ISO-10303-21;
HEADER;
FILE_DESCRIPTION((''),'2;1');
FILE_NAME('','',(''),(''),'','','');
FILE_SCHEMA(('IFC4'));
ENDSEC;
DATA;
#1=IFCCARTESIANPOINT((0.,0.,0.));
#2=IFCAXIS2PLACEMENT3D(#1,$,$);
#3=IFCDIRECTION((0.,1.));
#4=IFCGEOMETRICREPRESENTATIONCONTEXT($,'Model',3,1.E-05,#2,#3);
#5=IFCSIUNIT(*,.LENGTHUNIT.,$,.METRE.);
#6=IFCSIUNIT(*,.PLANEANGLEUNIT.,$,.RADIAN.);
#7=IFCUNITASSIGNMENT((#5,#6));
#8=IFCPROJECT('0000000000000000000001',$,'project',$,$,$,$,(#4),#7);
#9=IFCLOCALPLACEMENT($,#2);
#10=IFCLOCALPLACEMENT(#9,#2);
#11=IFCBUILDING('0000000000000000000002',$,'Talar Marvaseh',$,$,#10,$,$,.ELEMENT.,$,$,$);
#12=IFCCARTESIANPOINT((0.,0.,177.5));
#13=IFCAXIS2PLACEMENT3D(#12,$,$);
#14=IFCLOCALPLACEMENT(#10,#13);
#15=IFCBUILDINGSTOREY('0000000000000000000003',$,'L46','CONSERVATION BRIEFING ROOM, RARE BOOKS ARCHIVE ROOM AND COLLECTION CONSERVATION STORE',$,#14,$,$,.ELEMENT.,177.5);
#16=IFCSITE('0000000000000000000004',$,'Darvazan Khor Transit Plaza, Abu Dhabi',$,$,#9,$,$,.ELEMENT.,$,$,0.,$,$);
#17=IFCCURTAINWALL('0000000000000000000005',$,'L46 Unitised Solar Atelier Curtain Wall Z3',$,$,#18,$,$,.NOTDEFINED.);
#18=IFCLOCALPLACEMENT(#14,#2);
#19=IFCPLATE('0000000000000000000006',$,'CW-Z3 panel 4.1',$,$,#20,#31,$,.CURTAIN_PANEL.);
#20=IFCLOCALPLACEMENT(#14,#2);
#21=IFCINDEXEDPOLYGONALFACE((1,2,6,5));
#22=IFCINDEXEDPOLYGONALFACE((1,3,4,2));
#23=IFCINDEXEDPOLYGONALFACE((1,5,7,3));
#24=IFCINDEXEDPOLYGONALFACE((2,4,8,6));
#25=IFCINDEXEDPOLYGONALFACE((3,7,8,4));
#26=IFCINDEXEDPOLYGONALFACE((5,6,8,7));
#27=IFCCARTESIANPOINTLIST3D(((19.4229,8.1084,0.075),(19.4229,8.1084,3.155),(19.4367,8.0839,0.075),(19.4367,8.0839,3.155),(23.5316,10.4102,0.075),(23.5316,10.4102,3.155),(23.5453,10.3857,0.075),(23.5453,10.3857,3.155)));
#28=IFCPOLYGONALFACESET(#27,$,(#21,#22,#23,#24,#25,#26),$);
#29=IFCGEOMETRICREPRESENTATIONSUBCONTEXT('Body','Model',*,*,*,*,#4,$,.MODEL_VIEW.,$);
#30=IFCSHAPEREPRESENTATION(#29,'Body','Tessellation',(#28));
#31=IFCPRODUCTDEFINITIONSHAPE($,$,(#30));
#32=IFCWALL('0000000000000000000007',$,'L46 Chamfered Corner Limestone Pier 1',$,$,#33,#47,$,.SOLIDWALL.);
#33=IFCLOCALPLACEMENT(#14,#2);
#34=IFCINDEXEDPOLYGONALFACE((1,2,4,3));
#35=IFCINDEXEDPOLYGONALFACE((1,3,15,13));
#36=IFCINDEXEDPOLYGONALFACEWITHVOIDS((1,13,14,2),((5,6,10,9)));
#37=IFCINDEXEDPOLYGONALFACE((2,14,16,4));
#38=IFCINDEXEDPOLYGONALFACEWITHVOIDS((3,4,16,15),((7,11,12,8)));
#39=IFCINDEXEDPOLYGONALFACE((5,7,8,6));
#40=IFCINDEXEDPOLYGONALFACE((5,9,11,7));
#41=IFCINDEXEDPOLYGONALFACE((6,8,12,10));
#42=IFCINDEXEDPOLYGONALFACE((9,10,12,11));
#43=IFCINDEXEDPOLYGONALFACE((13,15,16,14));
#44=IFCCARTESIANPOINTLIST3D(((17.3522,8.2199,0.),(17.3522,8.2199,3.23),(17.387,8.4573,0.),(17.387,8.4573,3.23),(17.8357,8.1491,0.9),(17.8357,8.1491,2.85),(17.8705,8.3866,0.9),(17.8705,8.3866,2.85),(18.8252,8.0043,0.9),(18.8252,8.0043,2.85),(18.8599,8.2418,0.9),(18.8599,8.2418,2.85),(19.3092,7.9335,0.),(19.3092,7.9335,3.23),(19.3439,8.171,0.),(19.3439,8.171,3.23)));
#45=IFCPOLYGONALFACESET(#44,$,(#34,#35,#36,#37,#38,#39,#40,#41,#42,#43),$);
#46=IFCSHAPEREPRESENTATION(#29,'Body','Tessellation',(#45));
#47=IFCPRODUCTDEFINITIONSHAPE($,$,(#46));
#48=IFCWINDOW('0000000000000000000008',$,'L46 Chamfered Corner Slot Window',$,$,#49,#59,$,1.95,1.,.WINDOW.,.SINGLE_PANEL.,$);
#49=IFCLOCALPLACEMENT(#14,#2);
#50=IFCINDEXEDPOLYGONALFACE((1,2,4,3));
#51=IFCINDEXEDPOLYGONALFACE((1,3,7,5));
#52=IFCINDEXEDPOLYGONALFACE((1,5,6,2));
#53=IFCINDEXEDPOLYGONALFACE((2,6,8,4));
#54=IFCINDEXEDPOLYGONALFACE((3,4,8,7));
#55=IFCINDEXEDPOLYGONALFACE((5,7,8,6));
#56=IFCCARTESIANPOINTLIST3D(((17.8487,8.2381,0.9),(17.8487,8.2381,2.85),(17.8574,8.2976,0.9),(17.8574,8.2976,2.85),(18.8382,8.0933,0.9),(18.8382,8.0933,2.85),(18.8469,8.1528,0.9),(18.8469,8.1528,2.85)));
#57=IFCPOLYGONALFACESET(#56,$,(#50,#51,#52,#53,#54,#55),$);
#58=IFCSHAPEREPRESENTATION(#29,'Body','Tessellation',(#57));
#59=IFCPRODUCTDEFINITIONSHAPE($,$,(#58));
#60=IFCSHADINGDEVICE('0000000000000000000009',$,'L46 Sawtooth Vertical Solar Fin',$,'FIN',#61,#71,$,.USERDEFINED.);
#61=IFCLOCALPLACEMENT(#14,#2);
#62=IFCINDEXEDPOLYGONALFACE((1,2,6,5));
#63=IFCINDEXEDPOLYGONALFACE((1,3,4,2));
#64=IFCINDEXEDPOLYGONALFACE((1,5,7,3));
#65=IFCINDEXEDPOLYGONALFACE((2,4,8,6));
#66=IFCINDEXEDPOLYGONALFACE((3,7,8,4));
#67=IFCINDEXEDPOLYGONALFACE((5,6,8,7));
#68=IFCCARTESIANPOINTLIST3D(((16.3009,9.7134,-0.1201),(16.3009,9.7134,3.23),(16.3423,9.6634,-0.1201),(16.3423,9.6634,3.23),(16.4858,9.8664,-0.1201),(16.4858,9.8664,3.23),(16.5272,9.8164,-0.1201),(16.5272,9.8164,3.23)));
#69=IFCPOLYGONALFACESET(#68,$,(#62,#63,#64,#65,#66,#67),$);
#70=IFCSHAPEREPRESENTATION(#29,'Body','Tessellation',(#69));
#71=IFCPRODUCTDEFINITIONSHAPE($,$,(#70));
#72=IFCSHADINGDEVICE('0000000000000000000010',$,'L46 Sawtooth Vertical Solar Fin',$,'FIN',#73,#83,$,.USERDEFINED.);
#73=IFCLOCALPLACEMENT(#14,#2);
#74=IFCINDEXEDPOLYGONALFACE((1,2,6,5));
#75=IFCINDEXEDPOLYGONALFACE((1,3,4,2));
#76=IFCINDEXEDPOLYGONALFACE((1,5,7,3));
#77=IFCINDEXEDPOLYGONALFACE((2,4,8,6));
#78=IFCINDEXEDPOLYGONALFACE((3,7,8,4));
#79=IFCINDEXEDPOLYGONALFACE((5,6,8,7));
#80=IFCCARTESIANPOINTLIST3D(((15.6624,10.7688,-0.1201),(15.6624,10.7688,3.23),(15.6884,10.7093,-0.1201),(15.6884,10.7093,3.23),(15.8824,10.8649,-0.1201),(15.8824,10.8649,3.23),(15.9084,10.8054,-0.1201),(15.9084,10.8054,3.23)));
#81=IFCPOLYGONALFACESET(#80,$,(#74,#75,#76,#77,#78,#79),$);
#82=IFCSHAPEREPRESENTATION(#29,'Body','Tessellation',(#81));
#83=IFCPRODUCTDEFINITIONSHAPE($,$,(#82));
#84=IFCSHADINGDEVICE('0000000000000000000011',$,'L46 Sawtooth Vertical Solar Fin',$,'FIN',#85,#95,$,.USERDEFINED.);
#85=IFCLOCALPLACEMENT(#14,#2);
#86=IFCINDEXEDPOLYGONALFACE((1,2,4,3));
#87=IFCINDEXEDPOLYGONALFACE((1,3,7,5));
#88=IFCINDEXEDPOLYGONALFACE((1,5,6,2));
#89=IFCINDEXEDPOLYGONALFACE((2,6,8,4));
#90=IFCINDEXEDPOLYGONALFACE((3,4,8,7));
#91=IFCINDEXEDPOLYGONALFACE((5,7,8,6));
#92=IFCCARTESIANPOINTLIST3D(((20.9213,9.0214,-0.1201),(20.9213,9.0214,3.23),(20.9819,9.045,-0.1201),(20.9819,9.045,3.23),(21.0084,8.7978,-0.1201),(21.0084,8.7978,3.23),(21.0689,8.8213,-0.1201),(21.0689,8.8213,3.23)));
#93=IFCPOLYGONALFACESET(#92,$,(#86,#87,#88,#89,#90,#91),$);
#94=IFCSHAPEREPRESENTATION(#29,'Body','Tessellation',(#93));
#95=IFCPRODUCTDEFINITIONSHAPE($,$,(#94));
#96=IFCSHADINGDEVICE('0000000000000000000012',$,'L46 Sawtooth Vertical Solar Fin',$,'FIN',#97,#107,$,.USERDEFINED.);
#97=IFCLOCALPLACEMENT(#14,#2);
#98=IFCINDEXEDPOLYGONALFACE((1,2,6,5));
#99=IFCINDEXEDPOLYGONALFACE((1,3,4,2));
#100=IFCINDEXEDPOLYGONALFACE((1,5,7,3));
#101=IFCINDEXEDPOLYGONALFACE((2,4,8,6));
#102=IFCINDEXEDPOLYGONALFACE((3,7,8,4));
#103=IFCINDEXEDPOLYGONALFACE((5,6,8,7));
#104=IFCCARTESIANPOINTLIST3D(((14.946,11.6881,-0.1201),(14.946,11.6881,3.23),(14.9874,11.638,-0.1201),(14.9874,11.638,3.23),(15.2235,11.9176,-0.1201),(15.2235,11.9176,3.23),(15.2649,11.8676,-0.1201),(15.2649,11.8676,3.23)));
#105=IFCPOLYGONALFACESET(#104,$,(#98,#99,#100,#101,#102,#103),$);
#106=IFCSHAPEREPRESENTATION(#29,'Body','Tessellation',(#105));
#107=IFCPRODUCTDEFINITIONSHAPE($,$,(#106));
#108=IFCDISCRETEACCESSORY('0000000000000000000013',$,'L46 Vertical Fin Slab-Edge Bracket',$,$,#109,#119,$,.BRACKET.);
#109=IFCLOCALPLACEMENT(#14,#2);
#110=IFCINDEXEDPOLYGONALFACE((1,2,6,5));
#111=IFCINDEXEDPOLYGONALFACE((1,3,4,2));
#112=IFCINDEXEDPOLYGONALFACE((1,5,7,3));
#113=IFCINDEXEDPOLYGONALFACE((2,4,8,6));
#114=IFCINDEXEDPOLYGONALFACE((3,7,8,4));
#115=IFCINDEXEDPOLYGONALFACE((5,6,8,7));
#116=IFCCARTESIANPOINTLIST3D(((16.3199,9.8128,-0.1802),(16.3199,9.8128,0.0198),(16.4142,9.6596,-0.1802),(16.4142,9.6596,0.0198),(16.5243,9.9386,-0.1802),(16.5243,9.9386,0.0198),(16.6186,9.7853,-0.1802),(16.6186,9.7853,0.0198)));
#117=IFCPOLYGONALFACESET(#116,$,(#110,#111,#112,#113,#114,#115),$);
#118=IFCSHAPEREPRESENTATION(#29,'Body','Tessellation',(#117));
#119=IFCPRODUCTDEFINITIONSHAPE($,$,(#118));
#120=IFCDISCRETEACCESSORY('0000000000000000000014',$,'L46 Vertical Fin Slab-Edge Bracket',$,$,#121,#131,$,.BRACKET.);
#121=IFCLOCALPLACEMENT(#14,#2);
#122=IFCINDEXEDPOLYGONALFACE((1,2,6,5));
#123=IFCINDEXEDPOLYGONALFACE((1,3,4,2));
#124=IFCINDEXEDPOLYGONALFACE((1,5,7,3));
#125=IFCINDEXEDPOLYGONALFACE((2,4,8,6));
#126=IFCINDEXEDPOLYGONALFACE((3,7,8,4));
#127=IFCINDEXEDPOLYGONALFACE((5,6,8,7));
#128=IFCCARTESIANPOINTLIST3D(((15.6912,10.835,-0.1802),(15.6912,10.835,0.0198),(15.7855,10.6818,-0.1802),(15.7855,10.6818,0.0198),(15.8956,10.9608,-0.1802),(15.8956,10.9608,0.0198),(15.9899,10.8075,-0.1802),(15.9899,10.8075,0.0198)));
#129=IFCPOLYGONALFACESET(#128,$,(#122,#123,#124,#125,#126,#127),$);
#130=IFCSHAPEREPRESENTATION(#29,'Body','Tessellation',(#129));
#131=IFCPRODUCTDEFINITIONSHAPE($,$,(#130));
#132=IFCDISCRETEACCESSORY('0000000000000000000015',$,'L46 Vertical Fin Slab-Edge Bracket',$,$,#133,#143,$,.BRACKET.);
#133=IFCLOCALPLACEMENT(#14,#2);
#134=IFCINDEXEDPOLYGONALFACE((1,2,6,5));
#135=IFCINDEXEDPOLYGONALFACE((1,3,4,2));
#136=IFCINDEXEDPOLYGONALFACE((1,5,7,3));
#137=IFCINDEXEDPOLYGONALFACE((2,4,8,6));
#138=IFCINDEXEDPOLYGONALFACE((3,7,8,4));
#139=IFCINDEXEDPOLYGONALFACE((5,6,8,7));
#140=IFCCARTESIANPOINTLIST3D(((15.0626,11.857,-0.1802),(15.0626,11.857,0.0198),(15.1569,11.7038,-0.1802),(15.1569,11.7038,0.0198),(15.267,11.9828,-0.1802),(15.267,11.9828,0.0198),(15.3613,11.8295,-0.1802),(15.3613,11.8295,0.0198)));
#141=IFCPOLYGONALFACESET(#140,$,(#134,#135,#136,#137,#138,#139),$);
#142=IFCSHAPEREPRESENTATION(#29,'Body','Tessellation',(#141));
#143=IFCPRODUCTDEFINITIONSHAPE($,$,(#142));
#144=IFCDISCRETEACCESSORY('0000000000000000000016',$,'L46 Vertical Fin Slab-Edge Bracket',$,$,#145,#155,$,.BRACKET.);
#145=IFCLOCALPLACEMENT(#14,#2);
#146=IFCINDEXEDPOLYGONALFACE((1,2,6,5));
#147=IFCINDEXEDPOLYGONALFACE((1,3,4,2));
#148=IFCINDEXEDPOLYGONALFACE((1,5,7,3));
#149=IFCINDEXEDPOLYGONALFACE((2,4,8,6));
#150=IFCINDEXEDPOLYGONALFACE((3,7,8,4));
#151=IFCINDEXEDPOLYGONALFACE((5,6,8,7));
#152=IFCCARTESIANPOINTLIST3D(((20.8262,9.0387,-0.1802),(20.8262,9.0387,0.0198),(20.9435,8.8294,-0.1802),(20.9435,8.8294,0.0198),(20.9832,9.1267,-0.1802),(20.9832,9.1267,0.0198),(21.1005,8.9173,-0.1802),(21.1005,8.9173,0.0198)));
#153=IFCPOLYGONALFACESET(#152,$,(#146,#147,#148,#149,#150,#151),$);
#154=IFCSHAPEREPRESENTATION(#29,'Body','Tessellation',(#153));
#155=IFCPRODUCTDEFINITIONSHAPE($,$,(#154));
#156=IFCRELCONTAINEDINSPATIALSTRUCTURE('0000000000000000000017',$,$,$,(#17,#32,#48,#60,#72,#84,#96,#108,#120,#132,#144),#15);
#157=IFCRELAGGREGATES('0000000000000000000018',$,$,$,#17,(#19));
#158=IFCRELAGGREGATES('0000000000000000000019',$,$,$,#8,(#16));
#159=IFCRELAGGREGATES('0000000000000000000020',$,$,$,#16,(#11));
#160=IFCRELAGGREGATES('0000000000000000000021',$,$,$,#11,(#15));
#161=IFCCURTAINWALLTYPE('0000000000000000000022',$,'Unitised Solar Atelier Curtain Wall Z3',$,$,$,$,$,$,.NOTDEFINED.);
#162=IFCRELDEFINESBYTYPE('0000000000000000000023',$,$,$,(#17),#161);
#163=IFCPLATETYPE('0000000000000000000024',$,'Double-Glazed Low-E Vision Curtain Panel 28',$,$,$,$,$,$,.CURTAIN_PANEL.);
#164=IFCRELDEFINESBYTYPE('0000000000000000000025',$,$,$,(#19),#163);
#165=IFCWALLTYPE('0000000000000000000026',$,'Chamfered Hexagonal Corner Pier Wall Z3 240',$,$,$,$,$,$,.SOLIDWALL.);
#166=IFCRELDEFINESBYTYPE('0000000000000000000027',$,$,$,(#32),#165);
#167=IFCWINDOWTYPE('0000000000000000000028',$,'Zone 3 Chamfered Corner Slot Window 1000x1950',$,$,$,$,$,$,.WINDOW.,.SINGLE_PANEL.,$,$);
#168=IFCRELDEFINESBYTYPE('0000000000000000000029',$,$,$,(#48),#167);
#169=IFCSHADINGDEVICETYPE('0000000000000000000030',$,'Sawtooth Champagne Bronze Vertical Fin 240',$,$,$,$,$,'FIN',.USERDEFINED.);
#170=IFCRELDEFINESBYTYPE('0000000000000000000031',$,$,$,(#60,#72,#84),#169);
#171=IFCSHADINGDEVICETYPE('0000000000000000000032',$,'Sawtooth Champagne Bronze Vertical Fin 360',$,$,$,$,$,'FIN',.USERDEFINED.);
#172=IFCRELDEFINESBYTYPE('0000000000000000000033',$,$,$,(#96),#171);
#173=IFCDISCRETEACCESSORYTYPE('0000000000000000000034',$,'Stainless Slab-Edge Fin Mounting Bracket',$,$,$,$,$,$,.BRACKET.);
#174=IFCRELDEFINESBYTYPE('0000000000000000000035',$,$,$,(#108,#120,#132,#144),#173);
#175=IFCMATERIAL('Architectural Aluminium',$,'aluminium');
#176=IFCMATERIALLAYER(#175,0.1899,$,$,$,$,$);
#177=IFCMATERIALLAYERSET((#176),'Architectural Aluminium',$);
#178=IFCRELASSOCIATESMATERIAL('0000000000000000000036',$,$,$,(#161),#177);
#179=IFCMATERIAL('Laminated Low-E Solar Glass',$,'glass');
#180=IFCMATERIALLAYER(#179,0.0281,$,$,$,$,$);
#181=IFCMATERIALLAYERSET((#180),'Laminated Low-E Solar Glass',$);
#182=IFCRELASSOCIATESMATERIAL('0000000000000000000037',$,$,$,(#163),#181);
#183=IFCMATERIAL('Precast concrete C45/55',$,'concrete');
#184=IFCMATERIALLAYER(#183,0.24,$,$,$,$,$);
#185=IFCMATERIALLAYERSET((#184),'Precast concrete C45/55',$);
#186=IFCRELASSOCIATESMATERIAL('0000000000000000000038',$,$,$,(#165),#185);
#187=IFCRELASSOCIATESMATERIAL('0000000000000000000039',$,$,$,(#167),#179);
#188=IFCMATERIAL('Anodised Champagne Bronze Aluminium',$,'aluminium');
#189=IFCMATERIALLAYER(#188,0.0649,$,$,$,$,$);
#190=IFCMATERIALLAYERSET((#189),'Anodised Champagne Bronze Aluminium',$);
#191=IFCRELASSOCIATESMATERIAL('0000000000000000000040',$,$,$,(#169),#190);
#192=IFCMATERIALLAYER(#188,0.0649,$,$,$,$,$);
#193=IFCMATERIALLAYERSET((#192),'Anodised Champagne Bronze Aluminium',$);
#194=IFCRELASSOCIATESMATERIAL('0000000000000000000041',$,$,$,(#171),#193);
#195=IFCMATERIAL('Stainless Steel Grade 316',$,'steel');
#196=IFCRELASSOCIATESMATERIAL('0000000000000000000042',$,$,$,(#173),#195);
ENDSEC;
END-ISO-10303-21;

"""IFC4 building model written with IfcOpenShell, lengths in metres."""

from ifc_helpers import new_model, si_unit, direction, frame, frame_2d, origin, origin_2d, place, context, subcontext, project, spatial, rectangle, extrude, source, transform, mapped, material, layer, layer_set, type_object, type_shapes, element, fill, aggregate, save


model = new_model("IFC4")

# Units and contexts
model_context = context("Model", 3, precision=1e-05, world=origin(), true_north=direction((0.0, 1.0)))
body_context = subcontext(model_context, "Body", "Model", "MODEL_VIEW")
ifc_project = project(units=[si_unit("LENGTHUNIT", "METRE"), si_unit("PLANEANGLEUNIT", "RADIAN")], contexts=[model_context])

# Site, building, storey
site_placement = place(None, origin())
site = spatial("IfcSite", under=ifc_project, at=site_placement, Name="Darvazan Khor Transit Plaza, Abu Dhabi", CompositionType="ELEMENT", RefElevation=0.0)
building_placement = place(site_placement, origin())
building = spatial("IfcBuilding", under=site, at=building_placement, Name="Talar Marvaseh", CompositionType="ELEMENT")
storey_placement = place(building_placement, frame((0.0, 0.0, 177.5)))
storey = spatial("IfcBuildingStorey", under=building, at=storey_placement, Name="L46", Description="CONSERVATION BRIEFING ROOM, RARE BOOKS ARCHIVE ROOM AND COLLECTION CONSERVATION STORE", CompositionType="ELEMENT", Elevation=177.5)

# Shared definitions
ifc_material_1 = material(Name="Architectural Aluminium", Category="aluminium")
ifc_layer_1 = layer(ifc_material_1, 0.1899)
ifc_layer_set_1 = layer_set([ifc_layer_1], Name="Architectural Aluminium")
curtain_wall_type = type_object("IfcCurtainWallType", Name="Unitised Solar Atelier Curtain Wall Z3", PredefinedType="NOTDEFINED", material=ifc_layer_set_1)

# Curtain wall
curtain_wall_1_placement = place(storey_placement, origin())
curtain_wall_1 = element("IfcCurtainWall", 1, at=curtain_wall_1_placement, inside=storey, type_object=curtain_wall_type, Name="L46 Unitised Solar Atelier Curtain Wall Z3", PredefinedType="NOTDEFINED")

# Plate
ifc_material_2 = material(Name="Laminated Low-E Solar Glass", Category="glass")
ifc_layer_2 = layer(ifc_material_2, 0.0281)
ifc_layer_set_2 = layer_set([ifc_layer_2], Name="Laminated Low-E Solar Glass")
plate_type = type_object("IfcPlateType", Name="Double-Glazed Low-E Vision Curtain Panel 28", PredefinedType="CURTAIN_PANEL", material=ifc_layer_set_2)
shared_shape_1 = source(origin(), body_context, "Body", "SweptSolid", [
    extrude(rectangle(XDim=4.7095, YDim=0.0281, at=origin_2d()), origin(), (0.0, 0.0, 1.0), 3.0801),
])
plate_1_placement = place(storey_placement, frame((21.4841, 9.2471, 0.075), z_axis=(0.0, 0.0, 1.0), x_axis=(-0.872421, -0.488756, 0.0)))
plate_1 = element("IfcPlate", 2, at=plate_1_placement, type_object=plate_type, Name="CW-Z3 panel 4.1", PredefinedType="CURTAIN_PANEL", context=body_context, shape_type="MappedRepresentation", body=[
    mapped(shared_shape_1, transform((0.0, 0.0, 0.0), x_axis=(1.0, 0.0, 0.0), y_axis=(0.0, 1.0, 0.0), z_axis=(0.0, 0.0, 1.0), scale=1.0)),
])
aggregate(curtain_wall_1, [plate_1])

# Wall, opening, window
ifc_material_3 = material(Name="Precast concrete C45/55", Category="concrete")
ifc_layer_3 = layer(ifc_material_3, 0.24)
ifc_layer_set_3 = layer_set([ifc_layer_3], Name="Precast concrete C45/55")
wall_type = type_object("IfcWallType", Name="Chamfered Hexagonal Corner Pier Wall Z3 240", PredefinedType="SOLIDWALL", material=ifc_layer_set_3)
wall_placement = place(storey_placement, frame((19.3264, 8.0522, 0.0), z_axis=(0.0, 0.0, 1.0), x_axis=(-0.989462, 0.14479, 0.0)))
wall = element("IfcWall", 3, at=wall_placement, inside=storey, type_object=wall_type, Name="L46 Chamfered Corner Limestone Pier 1", PredefinedType="SOLIDWALL", context=body_context, shape_type="SweptSolid", body=[
    extrude(rectangle(XDim=1.9778, YDim=0.24, at=frame_2d((0.9888, 0.0))), origin(), (0.0, 0.0, 1.0), 3.23),
])
opening_placement = place(wall_placement, frame((0.489, 0.0, 0.8999)))
opening = element("IfcOpeningElement", 4, at=opening_placement, cuts=wall, PredefinedType="OPENING", context=body_context, shape_type="SweptSolid", body=[
    extrude(rectangle(XDim=1.0, YDim=1.95, at=frame_2d((0.5, 0.9751))), frame((0.0, 0.1299, 0.0), z_axis=(0.0, -1.0, 0.0), x_axis=(1.0, 0.0, 0.0)), (0.0, 0.0, 1.0), 0.26),
])
window_type = type_object("IfcWindowType", Name="Zone 3 Chamfered Corner Slot Window 1000x1950", PartitioningType="SINGLE_PANEL", PredefinedType="WINDOW", material=ifc_material_2)
shared_shape_2 = source(origin(), body_context, "Body", "SweptSolid", [
    extrude(rectangle(XDim=1.0, YDim=1.95, at=frame_2d((0.5, 0.9751))), frame((0.0, 0.03, 0.0), z_axis=(0.0, -1.0, 0.0), x_axis=(1.0, 0.0, 0.0)), (0.0, 0.0, 1.0), 0.0601),
])
type_shapes(window_type, [shared_shape_2])
window_placement = place(opening_placement, origin())
window = element("IfcWindow", 5, at=window_placement, inside=storey, type_object=window_type, Name="L46 Chamfered Corner Slot Window", OverallHeight=1.95, OverallWidth=1.0, PartitioningType="SINGLE_PANEL", PredefinedType="WINDOW", context=body_context, shape_type="MappedRepresentation", body=[
    mapped(shared_shape_2, transform((0.0, 0.0, 0.0), x_axis=(1.0, 0.0, 0.0), y_axis=(0.0, 1.0, 0.0), z_axis=(0.0, 0.0, 1.0), scale=1.0)),
])
fill(opening, window)

# Shading devices
ifc_material_4 = material(Name="Anodised Champagne Bronze Aluminium", Category="aluminium")
ifc_layer_4 = layer(ifc_material_4, 0.0649)
ifc_layer_set_4 = layer_set([ifc_layer_4], Name="Anodised Champagne Bronze Aluminium")
shading_device_type_1 = type_object("IfcShadingDeviceType", Name="Sawtooth Champagne Bronze Vertical Fin 240", ElementType="FIN", PredefinedType="USERDEFINED", material=ifc_layer_set_4)
shared_shape_3 = source(origin(), body_context, "Body", "SweptSolid", [
    extrude(rectangle(XDim=0.24, YDim=0.0649, at=origin_2d()), origin(), (0.0, 0.0, 1.0), 3.3501),
])
type_shapes(shading_device_type_1, [shared_shape_3])
for number, where, z_axis, x_axis, name in (
    (6, (16.4141, 9.7649, -0.1201), (0.0, 0.0, 1.0), (-0.770513, -0.637424, 0.0), "L46 Sawtooth Vertical Solar Fin"),
    (7, (15.7854, 10.7871, -0.1201), (0.0, 0.0, 1.0), (-0.916363, -0.400349, 0.0), "L46 Sawtooth Vertical Solar Fin"),
    (8, (20.9951, 8.9214, -0.1201), (0.0, 0.0, 1.0), (0.362601, -0.931945, 0.0), "L46 Sawtooth Vertical Solar Fin"),
):
    element("IfcShadingDevice", number, at=place(storey_placement, frame(where, z_axis=z_axis, x_axis=x_axis)), inside=storey, type_object=shading_device_type_1, Name=name, ObjectType="FIN", PredefinedType="USERDEFINED", context=body_context, shape_type="MappedRepresentation", body=[
        mapped(shared_shape_3, transform((0.0, 0.0, 0.0), x_axis=(1.0, 0.0, 0.0), y_axis=(0.0, 1.0, 0.0), z_axis=(0.0, 0.0, 1.0), scale=1.0)),
    ])
ifc_layer_5 = layer(ifc_material_4, 0.0649)
ifc_layer_set_5 = layer_set([ifc_layer_5], Name="Anodised Champagne Bronze Aluminium")
shading_device_type_2 = type_object("IfcShadingDeviceType", Name="Sawtooth Champagne Bronze Vertical Fin 360", ElementType="FIN", PredefinedType="USERDEFINED", material=ifc_layer_set_5)
shared_shape_4 = source(origin(), body_context, "Body", "SweptSolid", [
    extrude(rectangle(XDim=0.3601, YDim=0.0649, at=origin_2d()), origin(), (0.0, 0.0, 1.0), 3.3501),
])
type_shapes(shading_device_type_2, [shared_shape_4])
shading_device_placement = place(storey_placement, frame((15.1055, 11.7778, -0.1201), z_axis=(0.0, 0.0, 1.0), x_axis=(-0.770513, -0.637424, 0.0)))
element("IfcShadingDevice", 9, at=shading_device_placement, inside=storey, type_object=shading_device_type_2, Name="L46 Sawtooth Vertical Solar Fin", ObjectType="FIN", PredefinedType="USERDEFINED", context=body_context, shape_type="MappedRepresentation", body=[
    mapped(shared_shape_4, transform((0.0, 0.0, 0.0), x_axis=(1.0, 0.0, 0.0), y_axis=(0.0, 1.0, 0.0), z_axis=(0.0, 0.0, 1.0), scale=1.0)),
])

# Discrete accessories
ifc_material_5 = material(Name="Stainless Steel Grade 316", Category="steel")
discrete_accessory_type = type_object("IfcDiscreteAccessoryType", Name="Stainless Slab-Edge Fin Mounting Bracket", PredefinedType="BRACKET", material=ifc_material_5)
shared_shape_5 = source(origin(), body_context, "Body", "SweptSolid", [
    extrude(rectangle(XDim=0.24, YDim=0.1799, at=origin_2d()), origin(), (0.0, 0.0, 1.0), 0.2),
])
type_shapes(discrete_accessory_type, [shared_shape_5])
for number, where, z_axis, x_axis, name in (
    (10, (16.4692, 9.7991, -0.1802), (0.0, 0.0, 1.0), (-0.851727, -0.523986, 0.0), "L46 Vertical Fin Slab-Edge Bracket"),
    (11, (15.8406, 10.8213, -0.1802), (0.0, 0.0, 1.0), (-0.851727, -0.523986, 0.0), "L46 Vertical Fin Slab-Edge Bracket"),
    (12, (15.2119, 11.8433, -0.1802), (0.0, 0.0, 1.0), (-0.851727, -0.523986, 0.0), "L46 Vertical Fin Slab-Edge Bracket"),
    (13, (20.9634, 8.978, -0.1802), (0.0, 0.0, 1.0), (0.488774, -0.872411, 0.0), "L46 Vertical Fin Slab-Edge Bracket"),
):
    element("IfcDiscreteAccessory", number, at=place(storey_placement, frame(where, z_axis=z_axis, x_axis=x_axis)), inside=storey, type_object=discrete_accessory_type, Name=name, PredefinedType="BRACKET", context=body_context, shape_type="MappedRepresentation", body=[
        mapped(shared_shape_5, transform((0.0, 0.0, 0.0), x_axis=(1.0, 0.0, 0.0), y_axis=(0.0, 1.0, 0.0), z_axis=(0.0, 0.0, 1.0), scale=1.0)),
    ])

save(model, "model.ifc")
